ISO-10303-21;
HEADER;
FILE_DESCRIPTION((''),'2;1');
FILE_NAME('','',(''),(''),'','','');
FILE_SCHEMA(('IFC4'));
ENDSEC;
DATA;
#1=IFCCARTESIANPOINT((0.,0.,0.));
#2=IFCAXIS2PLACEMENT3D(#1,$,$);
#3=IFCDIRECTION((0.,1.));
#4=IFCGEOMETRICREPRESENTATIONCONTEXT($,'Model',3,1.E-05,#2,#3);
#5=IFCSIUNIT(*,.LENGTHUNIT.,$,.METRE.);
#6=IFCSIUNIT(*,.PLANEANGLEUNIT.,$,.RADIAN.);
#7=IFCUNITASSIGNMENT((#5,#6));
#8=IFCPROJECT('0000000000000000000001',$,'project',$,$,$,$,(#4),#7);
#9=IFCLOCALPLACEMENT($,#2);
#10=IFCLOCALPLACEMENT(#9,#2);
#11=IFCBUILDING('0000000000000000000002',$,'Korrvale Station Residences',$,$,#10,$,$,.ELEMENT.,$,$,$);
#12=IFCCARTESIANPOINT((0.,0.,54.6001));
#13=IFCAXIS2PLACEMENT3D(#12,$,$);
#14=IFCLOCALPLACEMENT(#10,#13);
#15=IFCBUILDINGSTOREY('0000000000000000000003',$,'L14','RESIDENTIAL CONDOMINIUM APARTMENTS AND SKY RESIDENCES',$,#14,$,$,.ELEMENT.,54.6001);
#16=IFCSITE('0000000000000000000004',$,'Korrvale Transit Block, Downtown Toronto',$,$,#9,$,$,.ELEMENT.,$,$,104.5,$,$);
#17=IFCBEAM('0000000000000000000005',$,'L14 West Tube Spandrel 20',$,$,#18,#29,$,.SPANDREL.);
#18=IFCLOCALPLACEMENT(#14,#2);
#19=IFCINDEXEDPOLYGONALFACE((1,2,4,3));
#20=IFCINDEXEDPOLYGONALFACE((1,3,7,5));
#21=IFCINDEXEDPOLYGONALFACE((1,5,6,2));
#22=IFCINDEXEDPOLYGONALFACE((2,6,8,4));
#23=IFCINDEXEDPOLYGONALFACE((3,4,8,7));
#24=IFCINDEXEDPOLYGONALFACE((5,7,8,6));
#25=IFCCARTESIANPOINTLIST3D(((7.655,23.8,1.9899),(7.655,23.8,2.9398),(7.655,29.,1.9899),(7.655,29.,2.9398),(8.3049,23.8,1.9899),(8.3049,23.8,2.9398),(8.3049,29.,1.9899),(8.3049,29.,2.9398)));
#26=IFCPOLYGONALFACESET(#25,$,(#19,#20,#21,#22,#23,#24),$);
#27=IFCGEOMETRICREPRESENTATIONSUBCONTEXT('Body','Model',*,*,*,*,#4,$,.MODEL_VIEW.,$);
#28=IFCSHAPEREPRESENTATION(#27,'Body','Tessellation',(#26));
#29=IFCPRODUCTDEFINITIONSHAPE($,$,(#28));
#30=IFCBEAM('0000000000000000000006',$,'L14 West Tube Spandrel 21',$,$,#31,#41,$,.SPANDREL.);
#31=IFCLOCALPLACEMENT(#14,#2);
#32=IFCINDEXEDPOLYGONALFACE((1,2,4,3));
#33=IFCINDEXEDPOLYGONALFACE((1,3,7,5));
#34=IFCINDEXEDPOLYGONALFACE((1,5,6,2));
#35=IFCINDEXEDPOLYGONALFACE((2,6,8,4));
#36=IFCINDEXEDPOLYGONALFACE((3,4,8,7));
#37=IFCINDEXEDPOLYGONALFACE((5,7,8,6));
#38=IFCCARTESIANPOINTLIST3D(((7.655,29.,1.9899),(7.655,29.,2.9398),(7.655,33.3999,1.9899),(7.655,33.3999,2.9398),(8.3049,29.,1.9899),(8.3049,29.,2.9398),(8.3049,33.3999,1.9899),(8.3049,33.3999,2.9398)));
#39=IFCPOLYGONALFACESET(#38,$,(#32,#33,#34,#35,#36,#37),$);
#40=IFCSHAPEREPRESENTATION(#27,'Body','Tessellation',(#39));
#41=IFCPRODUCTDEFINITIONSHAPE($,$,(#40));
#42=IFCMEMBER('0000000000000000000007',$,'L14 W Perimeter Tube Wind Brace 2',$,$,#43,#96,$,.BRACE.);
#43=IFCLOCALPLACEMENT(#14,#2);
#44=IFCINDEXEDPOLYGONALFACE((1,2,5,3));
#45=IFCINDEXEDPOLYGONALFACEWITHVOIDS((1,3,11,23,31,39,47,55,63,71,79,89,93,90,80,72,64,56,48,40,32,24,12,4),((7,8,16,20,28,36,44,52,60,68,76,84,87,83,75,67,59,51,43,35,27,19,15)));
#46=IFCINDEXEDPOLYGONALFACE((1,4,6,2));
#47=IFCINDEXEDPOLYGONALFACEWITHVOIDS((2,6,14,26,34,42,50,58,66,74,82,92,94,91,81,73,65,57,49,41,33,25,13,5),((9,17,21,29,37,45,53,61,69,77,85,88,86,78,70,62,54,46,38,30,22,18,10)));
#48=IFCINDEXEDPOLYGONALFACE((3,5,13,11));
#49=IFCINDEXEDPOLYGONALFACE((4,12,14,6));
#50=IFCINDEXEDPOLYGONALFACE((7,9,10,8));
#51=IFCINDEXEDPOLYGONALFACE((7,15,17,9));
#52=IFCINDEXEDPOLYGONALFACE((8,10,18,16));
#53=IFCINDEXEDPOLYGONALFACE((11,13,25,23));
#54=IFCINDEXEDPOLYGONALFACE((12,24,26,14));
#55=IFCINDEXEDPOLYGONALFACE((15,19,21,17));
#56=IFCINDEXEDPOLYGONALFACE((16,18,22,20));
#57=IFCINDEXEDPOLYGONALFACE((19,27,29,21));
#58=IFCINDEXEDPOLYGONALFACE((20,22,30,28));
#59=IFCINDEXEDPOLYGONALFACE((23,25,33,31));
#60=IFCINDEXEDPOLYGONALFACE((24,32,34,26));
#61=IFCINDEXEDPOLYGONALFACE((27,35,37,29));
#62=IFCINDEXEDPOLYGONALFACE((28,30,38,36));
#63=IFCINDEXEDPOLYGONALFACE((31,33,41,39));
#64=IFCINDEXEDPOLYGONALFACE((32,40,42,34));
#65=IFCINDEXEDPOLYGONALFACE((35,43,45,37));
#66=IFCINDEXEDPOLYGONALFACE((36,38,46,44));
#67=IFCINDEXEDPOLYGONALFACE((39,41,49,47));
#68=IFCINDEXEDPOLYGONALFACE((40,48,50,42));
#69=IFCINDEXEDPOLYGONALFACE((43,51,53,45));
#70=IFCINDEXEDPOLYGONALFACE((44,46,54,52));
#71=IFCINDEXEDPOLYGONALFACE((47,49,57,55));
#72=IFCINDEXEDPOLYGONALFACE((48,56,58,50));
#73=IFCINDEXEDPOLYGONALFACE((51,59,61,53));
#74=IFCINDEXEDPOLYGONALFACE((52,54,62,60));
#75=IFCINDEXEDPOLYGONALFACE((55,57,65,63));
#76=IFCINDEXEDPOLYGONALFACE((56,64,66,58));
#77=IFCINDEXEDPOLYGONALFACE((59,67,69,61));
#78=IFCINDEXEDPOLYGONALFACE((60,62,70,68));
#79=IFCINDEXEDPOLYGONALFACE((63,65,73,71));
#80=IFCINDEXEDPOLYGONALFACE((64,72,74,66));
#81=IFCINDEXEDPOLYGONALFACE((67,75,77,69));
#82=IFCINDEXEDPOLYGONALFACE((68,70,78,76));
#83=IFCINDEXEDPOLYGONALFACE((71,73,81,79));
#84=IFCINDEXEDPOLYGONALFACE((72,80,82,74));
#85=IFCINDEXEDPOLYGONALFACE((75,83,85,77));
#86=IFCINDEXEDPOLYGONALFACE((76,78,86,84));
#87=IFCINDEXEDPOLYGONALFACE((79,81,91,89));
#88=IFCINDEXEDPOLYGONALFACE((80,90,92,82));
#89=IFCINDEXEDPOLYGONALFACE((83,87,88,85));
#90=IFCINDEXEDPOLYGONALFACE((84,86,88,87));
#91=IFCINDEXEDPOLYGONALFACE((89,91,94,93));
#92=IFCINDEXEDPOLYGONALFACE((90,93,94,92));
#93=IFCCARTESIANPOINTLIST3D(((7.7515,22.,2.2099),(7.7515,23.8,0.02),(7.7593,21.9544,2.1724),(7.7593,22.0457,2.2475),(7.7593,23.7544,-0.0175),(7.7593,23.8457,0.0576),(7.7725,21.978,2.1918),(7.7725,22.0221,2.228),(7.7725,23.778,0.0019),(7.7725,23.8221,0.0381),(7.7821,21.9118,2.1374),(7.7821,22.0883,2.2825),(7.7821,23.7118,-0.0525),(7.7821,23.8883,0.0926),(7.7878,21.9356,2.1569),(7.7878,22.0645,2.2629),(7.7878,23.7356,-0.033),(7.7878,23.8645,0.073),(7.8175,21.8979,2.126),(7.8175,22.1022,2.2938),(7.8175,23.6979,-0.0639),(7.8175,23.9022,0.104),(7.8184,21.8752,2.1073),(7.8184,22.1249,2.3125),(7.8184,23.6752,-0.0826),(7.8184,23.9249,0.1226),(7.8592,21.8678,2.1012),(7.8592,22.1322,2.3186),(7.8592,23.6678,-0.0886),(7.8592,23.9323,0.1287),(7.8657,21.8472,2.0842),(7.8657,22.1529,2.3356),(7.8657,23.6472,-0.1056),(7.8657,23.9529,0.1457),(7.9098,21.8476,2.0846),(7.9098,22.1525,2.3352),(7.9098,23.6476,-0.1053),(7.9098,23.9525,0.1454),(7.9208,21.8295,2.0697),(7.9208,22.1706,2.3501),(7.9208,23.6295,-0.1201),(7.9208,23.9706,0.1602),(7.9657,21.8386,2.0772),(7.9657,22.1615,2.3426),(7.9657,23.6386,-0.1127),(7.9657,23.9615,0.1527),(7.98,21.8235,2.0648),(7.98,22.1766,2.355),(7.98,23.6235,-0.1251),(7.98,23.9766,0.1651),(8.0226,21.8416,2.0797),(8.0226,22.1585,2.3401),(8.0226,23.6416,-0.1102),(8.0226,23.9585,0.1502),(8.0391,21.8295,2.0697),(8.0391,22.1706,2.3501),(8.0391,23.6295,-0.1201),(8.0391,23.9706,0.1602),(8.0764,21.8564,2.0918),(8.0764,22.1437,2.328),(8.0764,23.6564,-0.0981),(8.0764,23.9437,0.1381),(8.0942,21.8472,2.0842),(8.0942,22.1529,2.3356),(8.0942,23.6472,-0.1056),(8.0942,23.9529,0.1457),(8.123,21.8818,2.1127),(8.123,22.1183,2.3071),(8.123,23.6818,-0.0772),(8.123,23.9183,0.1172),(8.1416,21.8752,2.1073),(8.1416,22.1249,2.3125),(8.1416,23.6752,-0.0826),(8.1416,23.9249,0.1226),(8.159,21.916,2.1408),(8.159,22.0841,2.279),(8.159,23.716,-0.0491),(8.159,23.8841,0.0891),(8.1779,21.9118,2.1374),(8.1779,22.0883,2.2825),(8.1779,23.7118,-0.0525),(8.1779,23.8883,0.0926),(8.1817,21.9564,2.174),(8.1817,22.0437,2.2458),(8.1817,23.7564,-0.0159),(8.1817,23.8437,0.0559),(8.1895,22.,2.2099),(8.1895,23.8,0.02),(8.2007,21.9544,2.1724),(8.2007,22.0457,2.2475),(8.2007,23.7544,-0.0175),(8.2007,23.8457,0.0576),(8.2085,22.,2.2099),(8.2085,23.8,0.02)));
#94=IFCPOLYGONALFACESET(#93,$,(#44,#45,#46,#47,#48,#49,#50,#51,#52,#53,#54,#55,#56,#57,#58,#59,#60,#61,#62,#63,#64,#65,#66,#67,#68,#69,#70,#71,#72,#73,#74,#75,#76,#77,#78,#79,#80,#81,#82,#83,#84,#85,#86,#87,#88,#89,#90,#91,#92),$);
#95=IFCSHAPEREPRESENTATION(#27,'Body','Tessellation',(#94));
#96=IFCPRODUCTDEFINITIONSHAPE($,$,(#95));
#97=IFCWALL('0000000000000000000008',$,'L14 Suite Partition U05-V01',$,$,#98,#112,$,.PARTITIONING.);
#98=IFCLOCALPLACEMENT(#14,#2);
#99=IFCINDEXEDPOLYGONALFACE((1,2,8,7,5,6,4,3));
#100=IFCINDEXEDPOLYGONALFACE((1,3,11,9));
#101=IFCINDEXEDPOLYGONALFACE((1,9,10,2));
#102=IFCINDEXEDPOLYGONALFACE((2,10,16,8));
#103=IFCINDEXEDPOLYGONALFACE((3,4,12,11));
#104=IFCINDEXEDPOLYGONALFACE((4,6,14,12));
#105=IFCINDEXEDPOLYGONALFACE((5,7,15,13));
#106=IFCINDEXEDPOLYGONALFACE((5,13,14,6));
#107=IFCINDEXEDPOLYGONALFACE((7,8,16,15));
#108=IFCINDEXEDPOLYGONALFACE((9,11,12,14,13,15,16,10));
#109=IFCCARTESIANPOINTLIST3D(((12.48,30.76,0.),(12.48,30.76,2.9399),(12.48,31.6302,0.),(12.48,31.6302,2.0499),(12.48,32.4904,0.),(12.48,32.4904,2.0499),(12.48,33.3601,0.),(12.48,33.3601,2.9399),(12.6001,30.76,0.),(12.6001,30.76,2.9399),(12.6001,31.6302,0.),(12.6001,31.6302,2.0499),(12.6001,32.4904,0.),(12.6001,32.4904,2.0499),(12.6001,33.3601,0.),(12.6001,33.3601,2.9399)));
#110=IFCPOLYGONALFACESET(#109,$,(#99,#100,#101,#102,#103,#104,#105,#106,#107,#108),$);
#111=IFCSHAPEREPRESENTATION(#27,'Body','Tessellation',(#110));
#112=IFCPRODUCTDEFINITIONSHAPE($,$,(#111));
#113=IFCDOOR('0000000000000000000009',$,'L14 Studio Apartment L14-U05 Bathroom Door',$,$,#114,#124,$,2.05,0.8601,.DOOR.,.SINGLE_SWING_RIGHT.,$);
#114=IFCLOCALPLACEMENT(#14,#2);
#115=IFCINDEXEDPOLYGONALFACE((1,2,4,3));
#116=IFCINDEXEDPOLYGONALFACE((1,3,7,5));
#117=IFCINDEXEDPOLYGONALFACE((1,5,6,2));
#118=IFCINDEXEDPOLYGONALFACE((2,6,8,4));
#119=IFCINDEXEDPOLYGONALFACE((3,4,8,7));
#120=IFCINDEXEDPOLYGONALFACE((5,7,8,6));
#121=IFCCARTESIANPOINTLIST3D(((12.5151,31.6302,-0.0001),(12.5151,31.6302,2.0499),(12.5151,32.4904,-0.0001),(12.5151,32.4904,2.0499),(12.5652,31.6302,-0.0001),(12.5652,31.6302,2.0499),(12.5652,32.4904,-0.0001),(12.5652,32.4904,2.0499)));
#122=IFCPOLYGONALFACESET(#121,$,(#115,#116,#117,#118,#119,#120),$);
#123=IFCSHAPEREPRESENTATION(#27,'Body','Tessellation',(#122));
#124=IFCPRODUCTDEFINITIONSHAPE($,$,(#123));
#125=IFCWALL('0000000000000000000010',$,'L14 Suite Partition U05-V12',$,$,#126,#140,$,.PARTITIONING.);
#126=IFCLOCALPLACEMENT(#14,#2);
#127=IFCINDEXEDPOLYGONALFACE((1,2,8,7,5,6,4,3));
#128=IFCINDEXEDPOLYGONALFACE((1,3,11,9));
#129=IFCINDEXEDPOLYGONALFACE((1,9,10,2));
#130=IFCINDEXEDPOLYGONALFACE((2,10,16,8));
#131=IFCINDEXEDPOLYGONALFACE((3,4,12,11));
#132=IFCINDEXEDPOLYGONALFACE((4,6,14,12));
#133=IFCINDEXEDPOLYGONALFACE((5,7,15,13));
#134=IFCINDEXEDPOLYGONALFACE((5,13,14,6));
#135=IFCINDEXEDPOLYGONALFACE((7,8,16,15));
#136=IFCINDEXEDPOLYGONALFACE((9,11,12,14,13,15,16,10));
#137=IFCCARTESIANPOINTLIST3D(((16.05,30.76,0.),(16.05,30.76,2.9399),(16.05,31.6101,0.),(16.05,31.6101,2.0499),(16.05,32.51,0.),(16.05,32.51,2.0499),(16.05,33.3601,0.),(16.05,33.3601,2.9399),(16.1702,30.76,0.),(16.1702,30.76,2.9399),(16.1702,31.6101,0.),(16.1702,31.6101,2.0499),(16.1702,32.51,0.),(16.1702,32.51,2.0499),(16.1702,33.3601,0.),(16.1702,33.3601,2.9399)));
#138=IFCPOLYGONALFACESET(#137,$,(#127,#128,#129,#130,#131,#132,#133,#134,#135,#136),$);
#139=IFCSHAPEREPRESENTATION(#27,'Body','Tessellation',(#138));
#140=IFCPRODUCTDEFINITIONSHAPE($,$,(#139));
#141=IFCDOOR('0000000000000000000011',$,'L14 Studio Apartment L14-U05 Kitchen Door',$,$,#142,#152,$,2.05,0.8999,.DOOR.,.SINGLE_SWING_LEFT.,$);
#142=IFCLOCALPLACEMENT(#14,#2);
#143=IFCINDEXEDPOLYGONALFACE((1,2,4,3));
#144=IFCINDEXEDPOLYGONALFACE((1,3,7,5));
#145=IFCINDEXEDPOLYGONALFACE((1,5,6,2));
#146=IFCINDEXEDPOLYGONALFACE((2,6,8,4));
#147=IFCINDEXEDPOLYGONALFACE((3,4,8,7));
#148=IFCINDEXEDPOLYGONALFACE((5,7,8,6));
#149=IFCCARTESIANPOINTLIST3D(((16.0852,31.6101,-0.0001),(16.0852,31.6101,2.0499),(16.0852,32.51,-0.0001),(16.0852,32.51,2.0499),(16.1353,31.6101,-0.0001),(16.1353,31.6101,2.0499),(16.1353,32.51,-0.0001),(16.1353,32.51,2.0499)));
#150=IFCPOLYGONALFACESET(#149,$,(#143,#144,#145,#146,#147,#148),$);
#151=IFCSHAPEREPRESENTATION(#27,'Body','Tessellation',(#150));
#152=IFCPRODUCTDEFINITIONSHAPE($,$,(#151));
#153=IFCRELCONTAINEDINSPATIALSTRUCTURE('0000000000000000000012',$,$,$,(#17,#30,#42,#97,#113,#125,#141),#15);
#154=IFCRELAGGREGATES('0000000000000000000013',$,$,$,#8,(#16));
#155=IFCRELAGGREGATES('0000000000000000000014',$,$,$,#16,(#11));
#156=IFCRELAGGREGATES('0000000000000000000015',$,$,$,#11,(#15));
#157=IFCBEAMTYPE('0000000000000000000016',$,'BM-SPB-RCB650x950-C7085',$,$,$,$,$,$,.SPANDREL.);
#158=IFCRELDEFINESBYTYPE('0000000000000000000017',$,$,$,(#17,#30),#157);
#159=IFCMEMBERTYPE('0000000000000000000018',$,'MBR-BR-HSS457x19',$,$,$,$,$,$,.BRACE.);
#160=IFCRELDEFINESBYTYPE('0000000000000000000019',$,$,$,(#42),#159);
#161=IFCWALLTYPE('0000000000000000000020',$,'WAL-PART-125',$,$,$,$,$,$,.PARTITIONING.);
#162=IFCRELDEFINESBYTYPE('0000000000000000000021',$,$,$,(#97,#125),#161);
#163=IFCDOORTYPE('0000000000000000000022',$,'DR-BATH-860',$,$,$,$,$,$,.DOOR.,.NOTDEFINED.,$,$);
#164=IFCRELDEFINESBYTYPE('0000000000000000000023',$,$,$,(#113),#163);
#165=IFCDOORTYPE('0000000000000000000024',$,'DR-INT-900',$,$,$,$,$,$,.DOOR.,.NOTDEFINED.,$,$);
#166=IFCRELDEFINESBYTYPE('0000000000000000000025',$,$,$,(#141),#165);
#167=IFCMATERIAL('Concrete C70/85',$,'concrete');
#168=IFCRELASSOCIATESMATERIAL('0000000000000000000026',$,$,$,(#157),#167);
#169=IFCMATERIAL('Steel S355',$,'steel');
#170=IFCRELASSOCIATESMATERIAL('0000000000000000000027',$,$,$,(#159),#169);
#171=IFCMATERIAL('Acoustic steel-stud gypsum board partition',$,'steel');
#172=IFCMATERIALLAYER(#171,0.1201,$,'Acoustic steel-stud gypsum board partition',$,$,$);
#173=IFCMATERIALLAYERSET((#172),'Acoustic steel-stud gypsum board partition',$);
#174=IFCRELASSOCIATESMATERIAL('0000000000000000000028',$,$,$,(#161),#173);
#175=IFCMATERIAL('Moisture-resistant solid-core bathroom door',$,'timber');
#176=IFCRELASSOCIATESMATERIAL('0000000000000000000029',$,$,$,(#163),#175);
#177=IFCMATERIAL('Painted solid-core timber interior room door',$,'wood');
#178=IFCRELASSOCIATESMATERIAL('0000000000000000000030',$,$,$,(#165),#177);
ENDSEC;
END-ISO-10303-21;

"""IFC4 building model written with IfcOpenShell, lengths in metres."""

from ifc_helpers import new_model, si_unit, direction, frame, frame_2d, origin, origin_2d, place, context, subcontext, project, spatial, rectangle, hollow_circle, extrude, material, layer, layer_set, material_profile, profile_set, type_object, element, fill, save


model = new_model("IFC4")

# Units and contexts
model_context = context("Model", 3, precision=1e-05, world=origin(), true_north=direction((0.0, 1.0)))
body_context = subcontext(model_context, "Body", "Model", "MODEL_VIEW")
ifc_project = project(units=[si_unit("LENGTHUNIT", "METRE"), si_unit("PLANEANGLEUNIT", "RADIAN")], contexts=[model_context])

# Site, building, storey
site_placement = place(None, origin())
site = spatial("IfcSite", under=ifc_project, at=site_placement, Name="Korrvale Transit Block, Downtown Toronto", CompositionType="ELEMENT", RefElevation=104.5)
building_placement = place(site_placement, origin())
building = spatial("IfcBuilding", under=site, at=building_placement, Name="Korrvale Station Residences", CompositionType="ELEMENT")
storey_placement = place(building_placement, frame((0.0, 0.0, 54.6001)))
storey = spatial("IfcBuildingStorey", under=building, at=storey_placement, Name="L14", Description="RESIDENTIAL CONDOMINIUM APARTMENTS AND SKY RESIDENCES", CompositionType="ELEMENT", Elevation=54.6001)

# Shared definitions
ifc_material_1 = material(Name="Concrete C70/85", Category="concrete")

# Beams
ifc_material_2 = material(Name="Steel S355", Category="steel")
ifc_material_profile_1 = material_profile(ifc_material_1, rectangle(XDim=0.6499, YDim=0.95, at=origin_2d()), Name="RCB650x950")
ifc_profile_set_1 = profile_set([ifc_material_profile_1], Name="Concrete C70/85")
beam_type_1 = type_object("IfcBeamType", Name="BM-SPB-RCB650x950-C7085", PredefinedType="SPANDREL", material=ifc_profile_set_1)
beam_1_placement = place(storey_placement, frame((7.98, 23.8, 2.4648), z_axis=(0.0, 1.0, 0.0), x_axis=(-1.0, 0.0, 0.0)))
element("IfcBeam", 1, at=beam_1_placement, inside=storey, type_object=beam_type_1, Name="L14 West Tube Spandrel 20", PredefinedType="SPANDREL", context=body_context, shape_type="SweptSolid", body=[
    extrude(rectangle(XDim=0.6499, YDim=0.95, at=origin_2d()), origin(), (0.0, 0.0, 1.0), 5.2),
])
beam_2_placement = place(storey_placement, frame((7.98, 29.0, 2.4648), z_axis=(0.0, 1.0, 0.0), x_axis=(-1.0, 0.0, 0.0)))
element("IfcBeam", 2, at=beam_2_placement, inside=storey, type_object=beam_type_1, Name="L14 West Tube Spandrel 21", PredefinedType="SPANDREL", context=body_context, shape_type="SweptSolid", body=[
    extrude(rectangle(XDim=0.6499, YDim=0.95, at=origin_2d()), origin(), (0.0, 0.0, 1.0), 4.3999),
])

# Member
ifc_material_profile_2 = material_profile(ifc_material_2, hollow_circle(Radius=0.2285, WallThickness=0.019, at=origin_2d()), Name="HSS457x19")
ifc_profile_set_2 = profile_set([ifc_material_profile_2], Name="Steel S355")
member_type = type_object("IfcMemberType", Name="MBR-BR-HSS457x19", PredefinedType="BRACE", material=ifc_profile_set_2)
member_placement = place(storey_placement, frame((7.98, 23.8, 0.02), z_axis=(0.0, -0.634985, 0.772524), x_axis=(1.0, 0.0, 0.0)))
element("IfcMember", 3, at=member_placement, inside=storey, type_object=member_type, Name="L14 W Perimeter Tube Wind Brace 2", PredefinedType="BRACE", context=body_context, shape_type="SweptSolid", body=[
    extrude(hollow_circle(Radius=0.2285, WallThickness=0.019, at=origin_2d()), origin(), (0.0, 0.0, 1.0), 2.8347),
])

# Walls, openings, doors
ifc_material_3 = material(Name="Acoustic steel-stud gypsum board partition", Category="steel")
ifc_layer_1 = layer(ifc_material_3, 0.1201, Name="Acoustic steel-stud gypsum board partition")
ifc_layer_set_1 = layer_set([ifc_layer_1], Name="Acoustic steel-stud gypsum board partition")
wall_type_1 = type_object("IfcWallType", Name="WAL-PART-125", PredefinedType="PARTITIONING", material=ifc_layer_set_1)
wall_1_placement = place(storey_placement, frame((12.54, 30.76, 0.0), z_axis=(0.0, 0.0, 1.0), x_axis=(0.0, 1.0, 0.0)))
wall_1 = element("IfcWall", 4, at=wall_1_placement, inside=storey, type_object=wall_type_1, Name="L14 Suite Partition U05-V01", PredefinedType="PARTITIONING", context=body_context, shape_type="SweptSolid", body=[
    extrude(rectangle(XDim=2.6001, YDim=0.1201, at=frame_2d((1.3, 0.0))), origin(), (0.0, 0.0, 1.0), 2.9399),
])
opening_1_placement = place(wall_1_placement, frame((0.8701, 0.0, 0.0)))
opening_1 = element("IfcOpeningElement", 5, at=opening_1_placement, cuts=wall_1, PredefinedType="OPENING", context=body_context, shape_type="SweptSolid", body=[
    extrude(rectangle(XDim=0.8601, YDim=2.05, at=frame_2d((0.4302, 1.0249))), frame((0.0, 0.0701, 0.0), z_axis=(0.0, -1.0, 0.0), x_axis=(1.0, 0.0, 0.0)), (0.0, 0.0, 1.0), 0.1401),
])
ifc_material_4 = material(Name="Moisture-resistant solid-core bathroom door", Category="timber")
door_type_1 = type_object("IfcDoorType", Name="DR-BATH-860", OperationType="NOTDEFINED", PredefinedType="DOOR", material=ifc_material_4)
door_1_placement = place(opening_1_placement, origin())
door_1 = element("IfcDoor", 6, at=door_1_placement, inside=storey, type_object=door_type_1, Name="L14 Studio Apartment L14-U05 Bathroom Door", OperationType="SINGLE_SWING_RIGHT", OverallHeight=2.05, OverallWidth=0.8601, PredefinedType="DOOR", context=body_context, shape_type="SweptSolid", body=[
    extrude(rectangle(XDim=0.8601, YDim=2.05, at=frame_2d((0.4302, 1.0249))), frame((0.0, 0.0249, 0.0), z_axis=(0.0, -1.0, 0.0), x_axis=(1.0, 0.0, 0.0)), (0.0, 0.0, 1.0), 0.05),
])
fill(opening_1, door_1)
wall_2_placement = place(storey_placement, frame((16.1101, 30.76, 0.0), z_axis=(0.0, 0.0, 1.0), x_axis=(0.0, 1.0, 0.0)))
wall_2 = element("IfcWall", 7, at=wall_2_placement, inside=storey, type_object=wall_type_1, Name="L14 Suite Partition U05-V12", PredefinedType="PARTITIONING", context=body_context, shape_type="SweptSolid", body=[
    extrude(rectangle(XDim=2.6001, YDim=0.1201, at=frame_2d((1.3, 0.0))), origin(), (0.0, 0.0, 1.0), 2.9399),
])
opening_2_placement = place(wall_2_placement, frame((0.8501, 0.0, 0.0)))
opening_2 = element("IfcOpeningElement", 8, at=opening_2_placement, cuts=wall_2, PredefinedType="OPENING", context=body_context, shape_type="SweptSolid", body=[
    extrude(rectangle(XDim=0.8999, YDim=2.05, at=frame_2d((0.45, 1.0249))), frame((0.0, 0.0701, 0.0), z_axis=(0.0, -1.0, 0.0), x_axis=(1.0, 0.0, 0.0)), (0.0, 0.0, 1.0), 0.1401),
])
ifc_material_5 = material(Name="Painted solid-core timber interior room door", Category="wood")
door_type_2 = type_object("IfcDoorType", Name="DR-INT-900", OperationType="NOTDEFINED", PredefinedType="DOOR", material=ifc_material_5)
door_2_placement = place(opening_2_placement, origin())
door_2 = element("IfcDoor", 9, at=door_2_placement, inside=storey, type_object=door_type_2, Name="L14 Studio Apartment L14-U05 Kitchen Door", OperationType="SINGLE_SWING_LEFT", OverallHeight=2.05, OverallWidth=0.8999, PredefinedType="DOOR", context=body_context, shape_type="SweptSolid", body=[
    extrude(rectangle(XDim=0.8999, YDim=2.05, at=frame_2d((0.45, 1.0249))), frame((0.0, 0.0249, 0.0), z_axis=(0.0, -1.0, 0.0), x_axis=(1.0, 0.0, 0.0)), (0.0, 0.0, 1.0), 0.05),
])
fill(opening_2, door_2)

save(model, "model.ifc")
